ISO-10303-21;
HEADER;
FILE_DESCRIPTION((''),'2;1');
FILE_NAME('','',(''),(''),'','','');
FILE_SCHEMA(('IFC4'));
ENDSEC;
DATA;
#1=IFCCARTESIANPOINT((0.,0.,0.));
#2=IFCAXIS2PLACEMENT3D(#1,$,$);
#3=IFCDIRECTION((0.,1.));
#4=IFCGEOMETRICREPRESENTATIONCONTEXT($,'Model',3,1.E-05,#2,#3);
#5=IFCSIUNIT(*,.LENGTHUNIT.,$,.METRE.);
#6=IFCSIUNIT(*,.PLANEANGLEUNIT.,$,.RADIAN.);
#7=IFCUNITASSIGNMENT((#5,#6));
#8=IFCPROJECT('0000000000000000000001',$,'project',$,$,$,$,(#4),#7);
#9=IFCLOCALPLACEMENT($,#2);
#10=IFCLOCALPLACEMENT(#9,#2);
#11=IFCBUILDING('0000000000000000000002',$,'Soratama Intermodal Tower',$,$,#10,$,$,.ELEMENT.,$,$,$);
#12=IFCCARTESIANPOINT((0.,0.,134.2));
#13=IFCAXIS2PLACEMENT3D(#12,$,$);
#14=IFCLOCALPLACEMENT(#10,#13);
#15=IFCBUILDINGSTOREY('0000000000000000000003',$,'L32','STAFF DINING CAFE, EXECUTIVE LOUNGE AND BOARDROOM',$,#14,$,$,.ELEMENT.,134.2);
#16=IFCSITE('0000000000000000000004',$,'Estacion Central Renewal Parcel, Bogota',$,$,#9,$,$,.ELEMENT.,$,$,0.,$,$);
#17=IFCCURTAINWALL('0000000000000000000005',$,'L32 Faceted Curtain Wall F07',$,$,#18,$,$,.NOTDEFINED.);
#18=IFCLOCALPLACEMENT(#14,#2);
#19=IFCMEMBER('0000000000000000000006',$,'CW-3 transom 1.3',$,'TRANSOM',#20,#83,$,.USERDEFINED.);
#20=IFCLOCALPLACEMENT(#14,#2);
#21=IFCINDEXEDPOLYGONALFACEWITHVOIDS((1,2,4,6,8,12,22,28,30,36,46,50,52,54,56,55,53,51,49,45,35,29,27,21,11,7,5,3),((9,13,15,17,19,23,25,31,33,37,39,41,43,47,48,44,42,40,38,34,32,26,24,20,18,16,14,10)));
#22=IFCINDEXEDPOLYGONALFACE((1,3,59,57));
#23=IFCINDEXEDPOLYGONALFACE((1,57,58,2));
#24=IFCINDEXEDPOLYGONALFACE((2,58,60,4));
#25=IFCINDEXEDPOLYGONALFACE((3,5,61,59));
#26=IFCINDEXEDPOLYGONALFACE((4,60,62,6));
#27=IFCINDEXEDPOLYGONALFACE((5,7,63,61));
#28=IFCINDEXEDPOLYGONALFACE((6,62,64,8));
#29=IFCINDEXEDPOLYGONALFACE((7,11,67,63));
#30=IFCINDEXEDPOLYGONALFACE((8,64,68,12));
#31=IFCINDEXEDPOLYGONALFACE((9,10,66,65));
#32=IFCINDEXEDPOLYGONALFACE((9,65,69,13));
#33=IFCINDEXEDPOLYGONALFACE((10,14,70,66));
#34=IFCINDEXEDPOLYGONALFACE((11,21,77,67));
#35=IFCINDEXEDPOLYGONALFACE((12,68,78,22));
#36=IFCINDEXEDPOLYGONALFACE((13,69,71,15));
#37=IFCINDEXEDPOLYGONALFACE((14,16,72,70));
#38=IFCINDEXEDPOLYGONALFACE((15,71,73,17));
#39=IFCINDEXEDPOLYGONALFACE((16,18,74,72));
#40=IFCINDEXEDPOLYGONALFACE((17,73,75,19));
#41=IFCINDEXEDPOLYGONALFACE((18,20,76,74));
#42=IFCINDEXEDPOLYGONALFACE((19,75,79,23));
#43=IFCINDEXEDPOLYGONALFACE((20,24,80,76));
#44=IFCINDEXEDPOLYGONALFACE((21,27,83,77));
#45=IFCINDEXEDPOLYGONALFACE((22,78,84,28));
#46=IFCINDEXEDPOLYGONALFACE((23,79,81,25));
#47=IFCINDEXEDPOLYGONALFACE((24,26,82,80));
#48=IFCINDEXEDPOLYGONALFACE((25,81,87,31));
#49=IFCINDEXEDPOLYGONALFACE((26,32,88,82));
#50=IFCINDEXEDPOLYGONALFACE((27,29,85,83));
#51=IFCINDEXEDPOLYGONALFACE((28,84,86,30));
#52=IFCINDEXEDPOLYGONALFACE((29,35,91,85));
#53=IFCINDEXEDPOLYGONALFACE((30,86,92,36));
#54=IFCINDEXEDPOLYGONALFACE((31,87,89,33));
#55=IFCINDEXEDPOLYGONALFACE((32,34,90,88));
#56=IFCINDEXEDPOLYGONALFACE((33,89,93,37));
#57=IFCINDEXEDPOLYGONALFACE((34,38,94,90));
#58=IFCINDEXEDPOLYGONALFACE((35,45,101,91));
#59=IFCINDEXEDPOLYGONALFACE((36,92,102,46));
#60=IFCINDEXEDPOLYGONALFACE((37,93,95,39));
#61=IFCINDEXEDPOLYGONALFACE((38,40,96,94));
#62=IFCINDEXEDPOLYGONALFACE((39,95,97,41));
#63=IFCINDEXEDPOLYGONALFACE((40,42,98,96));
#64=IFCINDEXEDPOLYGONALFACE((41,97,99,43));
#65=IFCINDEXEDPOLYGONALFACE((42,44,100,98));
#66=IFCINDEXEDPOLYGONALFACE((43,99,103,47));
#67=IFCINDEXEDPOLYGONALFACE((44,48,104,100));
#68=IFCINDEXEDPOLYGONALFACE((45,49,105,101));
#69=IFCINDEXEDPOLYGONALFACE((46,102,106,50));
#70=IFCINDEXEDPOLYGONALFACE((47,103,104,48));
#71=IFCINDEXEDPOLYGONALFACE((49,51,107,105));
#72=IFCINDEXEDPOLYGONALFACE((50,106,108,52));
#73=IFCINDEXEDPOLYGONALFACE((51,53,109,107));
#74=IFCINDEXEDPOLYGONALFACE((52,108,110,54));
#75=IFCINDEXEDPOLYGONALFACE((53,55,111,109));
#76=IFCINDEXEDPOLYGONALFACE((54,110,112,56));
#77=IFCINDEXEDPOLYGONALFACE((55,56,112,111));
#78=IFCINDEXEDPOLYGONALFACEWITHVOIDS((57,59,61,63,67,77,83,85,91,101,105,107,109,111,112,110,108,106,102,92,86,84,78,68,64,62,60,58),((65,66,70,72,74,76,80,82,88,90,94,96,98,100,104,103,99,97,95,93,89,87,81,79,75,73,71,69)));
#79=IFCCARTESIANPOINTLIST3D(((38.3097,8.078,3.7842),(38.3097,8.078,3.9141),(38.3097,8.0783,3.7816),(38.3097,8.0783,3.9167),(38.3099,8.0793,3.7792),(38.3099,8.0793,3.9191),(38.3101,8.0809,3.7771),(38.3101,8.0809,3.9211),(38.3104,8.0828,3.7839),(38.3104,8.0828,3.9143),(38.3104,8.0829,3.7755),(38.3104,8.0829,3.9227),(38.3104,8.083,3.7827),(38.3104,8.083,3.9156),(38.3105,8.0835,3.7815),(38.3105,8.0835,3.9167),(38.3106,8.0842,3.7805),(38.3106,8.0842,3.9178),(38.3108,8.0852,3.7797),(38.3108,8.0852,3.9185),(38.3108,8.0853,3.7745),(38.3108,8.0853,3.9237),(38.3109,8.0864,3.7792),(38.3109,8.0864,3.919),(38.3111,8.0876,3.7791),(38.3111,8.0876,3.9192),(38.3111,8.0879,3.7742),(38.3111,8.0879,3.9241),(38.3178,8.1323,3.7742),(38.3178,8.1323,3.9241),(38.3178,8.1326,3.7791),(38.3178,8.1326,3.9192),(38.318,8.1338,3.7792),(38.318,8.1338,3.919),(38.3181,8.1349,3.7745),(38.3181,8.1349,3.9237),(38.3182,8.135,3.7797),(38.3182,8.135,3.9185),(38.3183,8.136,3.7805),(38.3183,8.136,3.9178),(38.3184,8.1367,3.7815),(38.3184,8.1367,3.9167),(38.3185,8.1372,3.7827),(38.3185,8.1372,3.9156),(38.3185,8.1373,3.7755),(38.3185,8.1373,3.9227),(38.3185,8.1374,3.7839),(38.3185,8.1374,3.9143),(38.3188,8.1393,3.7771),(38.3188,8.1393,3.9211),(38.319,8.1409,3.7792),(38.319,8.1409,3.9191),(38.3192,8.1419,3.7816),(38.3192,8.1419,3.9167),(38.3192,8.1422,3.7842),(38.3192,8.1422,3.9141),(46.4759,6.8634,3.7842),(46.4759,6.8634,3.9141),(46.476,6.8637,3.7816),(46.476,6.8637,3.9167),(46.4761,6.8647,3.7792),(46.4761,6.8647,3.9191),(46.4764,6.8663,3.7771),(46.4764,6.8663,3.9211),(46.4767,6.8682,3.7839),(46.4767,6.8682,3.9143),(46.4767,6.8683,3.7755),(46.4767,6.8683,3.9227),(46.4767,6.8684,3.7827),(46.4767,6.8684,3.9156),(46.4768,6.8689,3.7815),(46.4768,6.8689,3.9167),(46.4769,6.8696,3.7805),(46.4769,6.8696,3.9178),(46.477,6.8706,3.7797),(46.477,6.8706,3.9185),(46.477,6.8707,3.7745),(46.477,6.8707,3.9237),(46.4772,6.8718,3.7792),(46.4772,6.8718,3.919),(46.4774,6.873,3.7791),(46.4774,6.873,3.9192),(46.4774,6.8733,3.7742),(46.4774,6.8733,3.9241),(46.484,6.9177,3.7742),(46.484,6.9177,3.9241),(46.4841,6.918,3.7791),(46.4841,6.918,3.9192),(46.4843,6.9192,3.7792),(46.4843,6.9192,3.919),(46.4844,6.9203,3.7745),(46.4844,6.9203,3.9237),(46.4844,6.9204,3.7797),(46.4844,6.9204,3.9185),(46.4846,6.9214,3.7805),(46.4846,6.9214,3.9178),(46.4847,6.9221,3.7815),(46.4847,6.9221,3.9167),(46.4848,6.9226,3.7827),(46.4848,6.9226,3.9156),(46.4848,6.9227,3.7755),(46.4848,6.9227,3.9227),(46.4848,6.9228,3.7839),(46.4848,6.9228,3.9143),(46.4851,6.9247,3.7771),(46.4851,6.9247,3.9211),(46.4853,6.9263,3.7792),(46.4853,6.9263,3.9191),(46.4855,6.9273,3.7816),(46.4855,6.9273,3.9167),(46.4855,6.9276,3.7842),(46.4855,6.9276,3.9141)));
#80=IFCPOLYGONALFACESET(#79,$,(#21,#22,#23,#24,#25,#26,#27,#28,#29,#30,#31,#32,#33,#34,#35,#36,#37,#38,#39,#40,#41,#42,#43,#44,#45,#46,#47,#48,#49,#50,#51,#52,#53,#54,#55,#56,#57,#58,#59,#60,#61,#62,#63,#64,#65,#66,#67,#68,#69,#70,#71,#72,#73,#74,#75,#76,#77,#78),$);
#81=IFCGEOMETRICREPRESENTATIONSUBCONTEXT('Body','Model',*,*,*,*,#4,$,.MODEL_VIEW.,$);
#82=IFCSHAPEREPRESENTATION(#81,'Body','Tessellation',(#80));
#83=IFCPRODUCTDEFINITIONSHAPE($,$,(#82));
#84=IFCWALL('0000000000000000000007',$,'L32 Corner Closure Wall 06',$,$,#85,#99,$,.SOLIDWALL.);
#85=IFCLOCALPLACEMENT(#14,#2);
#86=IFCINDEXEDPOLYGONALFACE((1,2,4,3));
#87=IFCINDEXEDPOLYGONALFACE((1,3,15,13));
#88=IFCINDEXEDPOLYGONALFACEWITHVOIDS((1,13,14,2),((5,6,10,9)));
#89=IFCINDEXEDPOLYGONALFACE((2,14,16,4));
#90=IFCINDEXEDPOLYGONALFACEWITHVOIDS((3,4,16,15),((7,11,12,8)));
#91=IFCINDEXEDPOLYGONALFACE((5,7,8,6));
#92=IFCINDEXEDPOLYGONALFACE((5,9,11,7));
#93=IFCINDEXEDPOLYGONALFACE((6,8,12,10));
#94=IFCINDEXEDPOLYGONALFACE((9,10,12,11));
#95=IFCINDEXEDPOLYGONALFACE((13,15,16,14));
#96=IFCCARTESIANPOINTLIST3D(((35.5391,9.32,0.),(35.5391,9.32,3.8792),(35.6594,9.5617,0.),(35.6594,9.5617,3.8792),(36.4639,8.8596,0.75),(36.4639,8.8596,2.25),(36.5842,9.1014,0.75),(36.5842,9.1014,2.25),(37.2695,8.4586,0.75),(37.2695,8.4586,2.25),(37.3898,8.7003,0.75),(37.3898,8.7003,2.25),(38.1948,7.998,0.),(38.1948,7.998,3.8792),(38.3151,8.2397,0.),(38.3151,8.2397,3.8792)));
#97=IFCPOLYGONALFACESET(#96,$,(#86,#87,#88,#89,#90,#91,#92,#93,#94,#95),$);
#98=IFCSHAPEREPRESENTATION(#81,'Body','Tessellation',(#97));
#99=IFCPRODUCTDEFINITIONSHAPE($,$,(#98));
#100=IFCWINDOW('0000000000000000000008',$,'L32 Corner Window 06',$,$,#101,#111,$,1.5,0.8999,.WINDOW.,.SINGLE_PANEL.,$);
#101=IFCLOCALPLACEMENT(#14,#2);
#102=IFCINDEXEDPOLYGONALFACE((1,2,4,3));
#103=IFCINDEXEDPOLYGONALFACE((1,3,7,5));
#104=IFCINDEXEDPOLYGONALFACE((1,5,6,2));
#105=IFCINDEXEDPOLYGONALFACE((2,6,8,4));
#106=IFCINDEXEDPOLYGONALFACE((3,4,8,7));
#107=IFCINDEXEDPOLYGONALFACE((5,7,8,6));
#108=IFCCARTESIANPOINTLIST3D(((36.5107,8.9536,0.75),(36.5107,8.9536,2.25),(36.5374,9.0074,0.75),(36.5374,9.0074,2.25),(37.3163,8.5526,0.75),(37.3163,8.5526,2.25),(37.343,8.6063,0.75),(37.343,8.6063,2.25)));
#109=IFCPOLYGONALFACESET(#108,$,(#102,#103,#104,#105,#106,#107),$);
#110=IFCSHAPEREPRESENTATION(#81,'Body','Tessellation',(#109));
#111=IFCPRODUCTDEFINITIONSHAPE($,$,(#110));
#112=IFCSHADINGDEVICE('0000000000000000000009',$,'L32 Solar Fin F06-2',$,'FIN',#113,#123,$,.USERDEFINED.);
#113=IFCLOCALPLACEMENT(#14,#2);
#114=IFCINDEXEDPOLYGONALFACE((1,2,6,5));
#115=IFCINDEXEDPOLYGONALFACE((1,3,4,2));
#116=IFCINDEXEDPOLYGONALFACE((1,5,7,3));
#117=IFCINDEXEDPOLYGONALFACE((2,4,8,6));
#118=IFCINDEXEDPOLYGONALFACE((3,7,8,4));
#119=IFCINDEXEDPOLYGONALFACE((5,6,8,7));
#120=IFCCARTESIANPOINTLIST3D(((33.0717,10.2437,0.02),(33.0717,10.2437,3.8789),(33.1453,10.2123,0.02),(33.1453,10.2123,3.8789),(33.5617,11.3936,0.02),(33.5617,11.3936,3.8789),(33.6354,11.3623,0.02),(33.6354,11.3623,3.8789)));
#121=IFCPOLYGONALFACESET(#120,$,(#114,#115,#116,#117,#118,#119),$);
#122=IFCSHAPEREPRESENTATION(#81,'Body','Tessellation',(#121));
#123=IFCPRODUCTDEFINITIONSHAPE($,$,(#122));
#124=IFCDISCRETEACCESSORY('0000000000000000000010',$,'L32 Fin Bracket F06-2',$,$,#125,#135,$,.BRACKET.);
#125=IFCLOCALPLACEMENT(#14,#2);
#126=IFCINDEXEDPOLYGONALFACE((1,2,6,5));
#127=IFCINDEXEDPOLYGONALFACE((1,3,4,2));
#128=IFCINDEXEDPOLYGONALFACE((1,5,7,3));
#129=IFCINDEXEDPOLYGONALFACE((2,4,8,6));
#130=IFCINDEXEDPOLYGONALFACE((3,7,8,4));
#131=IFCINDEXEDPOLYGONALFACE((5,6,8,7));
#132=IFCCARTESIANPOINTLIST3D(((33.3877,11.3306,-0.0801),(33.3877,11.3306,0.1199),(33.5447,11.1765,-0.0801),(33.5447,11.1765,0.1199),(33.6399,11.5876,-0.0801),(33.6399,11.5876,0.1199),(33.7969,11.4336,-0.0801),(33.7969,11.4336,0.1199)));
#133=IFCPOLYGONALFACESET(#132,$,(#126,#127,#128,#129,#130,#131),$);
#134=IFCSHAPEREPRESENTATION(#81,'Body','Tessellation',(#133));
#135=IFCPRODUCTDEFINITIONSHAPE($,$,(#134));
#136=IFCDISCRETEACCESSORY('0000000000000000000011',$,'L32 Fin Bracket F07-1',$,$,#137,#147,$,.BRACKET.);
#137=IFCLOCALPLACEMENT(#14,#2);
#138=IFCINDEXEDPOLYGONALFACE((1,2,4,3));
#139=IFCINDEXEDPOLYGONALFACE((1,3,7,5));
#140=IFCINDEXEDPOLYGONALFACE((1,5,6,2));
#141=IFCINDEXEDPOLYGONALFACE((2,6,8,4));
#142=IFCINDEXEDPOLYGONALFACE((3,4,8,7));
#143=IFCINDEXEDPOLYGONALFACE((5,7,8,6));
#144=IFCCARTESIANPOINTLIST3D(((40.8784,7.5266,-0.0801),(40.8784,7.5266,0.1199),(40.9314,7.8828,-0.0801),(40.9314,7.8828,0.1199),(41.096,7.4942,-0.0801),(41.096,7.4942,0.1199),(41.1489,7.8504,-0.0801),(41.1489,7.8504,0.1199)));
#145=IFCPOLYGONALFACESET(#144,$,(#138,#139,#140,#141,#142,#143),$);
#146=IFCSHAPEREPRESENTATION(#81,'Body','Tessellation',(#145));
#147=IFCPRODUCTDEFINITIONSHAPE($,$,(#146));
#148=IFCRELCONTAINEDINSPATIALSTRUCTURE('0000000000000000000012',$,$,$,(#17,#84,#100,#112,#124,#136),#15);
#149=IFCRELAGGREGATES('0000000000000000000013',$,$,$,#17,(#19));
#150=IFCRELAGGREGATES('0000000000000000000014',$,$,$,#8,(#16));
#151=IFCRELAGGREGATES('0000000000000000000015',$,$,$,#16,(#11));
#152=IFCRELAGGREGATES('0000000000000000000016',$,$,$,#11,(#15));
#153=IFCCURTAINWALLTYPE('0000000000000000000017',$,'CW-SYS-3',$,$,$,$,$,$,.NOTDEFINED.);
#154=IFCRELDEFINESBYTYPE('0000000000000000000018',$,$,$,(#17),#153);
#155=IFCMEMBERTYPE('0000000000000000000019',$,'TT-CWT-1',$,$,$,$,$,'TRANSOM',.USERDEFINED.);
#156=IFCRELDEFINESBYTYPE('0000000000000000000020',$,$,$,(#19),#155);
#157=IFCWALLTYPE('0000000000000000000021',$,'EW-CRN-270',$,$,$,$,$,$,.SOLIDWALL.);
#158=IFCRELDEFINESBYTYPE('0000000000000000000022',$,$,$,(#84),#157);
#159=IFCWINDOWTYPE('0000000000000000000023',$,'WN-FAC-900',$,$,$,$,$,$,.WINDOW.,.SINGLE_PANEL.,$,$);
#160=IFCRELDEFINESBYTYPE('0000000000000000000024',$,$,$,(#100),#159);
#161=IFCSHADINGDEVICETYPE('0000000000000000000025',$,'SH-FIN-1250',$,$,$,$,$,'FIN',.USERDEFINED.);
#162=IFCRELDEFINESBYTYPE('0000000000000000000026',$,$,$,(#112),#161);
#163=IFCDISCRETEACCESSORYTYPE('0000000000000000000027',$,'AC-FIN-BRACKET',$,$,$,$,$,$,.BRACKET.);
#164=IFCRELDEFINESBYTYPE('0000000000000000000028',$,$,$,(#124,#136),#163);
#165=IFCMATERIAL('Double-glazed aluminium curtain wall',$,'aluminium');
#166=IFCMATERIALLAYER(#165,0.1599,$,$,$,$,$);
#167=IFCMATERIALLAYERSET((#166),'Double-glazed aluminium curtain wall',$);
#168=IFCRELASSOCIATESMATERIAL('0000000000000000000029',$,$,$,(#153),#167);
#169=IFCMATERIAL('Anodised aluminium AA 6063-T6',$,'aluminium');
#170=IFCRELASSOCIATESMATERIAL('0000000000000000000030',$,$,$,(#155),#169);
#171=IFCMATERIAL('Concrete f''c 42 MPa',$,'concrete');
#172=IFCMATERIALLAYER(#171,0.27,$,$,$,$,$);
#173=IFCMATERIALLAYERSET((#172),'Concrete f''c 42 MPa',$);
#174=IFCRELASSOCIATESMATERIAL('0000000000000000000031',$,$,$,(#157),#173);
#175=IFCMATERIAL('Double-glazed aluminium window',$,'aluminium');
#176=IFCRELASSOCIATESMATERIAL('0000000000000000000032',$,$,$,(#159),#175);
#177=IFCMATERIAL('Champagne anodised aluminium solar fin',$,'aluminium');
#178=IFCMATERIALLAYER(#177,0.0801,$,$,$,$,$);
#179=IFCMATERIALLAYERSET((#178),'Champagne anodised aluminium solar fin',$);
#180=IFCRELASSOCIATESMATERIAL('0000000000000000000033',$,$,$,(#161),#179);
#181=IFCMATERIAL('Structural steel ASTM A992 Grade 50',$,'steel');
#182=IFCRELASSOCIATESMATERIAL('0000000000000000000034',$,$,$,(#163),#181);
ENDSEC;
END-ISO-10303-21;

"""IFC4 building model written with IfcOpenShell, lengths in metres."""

from ifc_helpers import new_model, si_unit, direction, frame, frame_2d, origin, origin_2d, place, context, subcontext, project, spatial, rectangle, hollow_rectangle, extrude, material, layer, layer_set, material_profile, profile_set, type_object, element, fill, aggregate, save


model = new_model("IFC4")

# Units and contexts
model_context = context("Model", 3, precision=1e-05, world=origin(), true_north=direction((0.0, 1.0)))
body_context = subcontext(model_context, "Body", "Model", "MODEL_VIEW")
ifc_project = project(units=[si_unit("LENGTHUNIT", "METRE"), si_unit("PLANEANGLEUNIT", "RADIAN")], contexts=[model_context])

# Site, building, storey
site_placement = place(None, origin())
site = spatial("IfcSite", under=ifc_project, at=site_placement, Name="Estacion Central Renewal Parcel, Bogota", CompositionType="ELEMENT", RefElevation=0.0)
building_placement = place(site_placement, origin())
building = spatial("IfcBuilding", under=site, at=building_placement, Name="Soratama Intermodal Tower", CompositionType="ELEMENT")
storey_placement = place(building_placement, frame((0.0, 0.0, 134.2)))
storey = spatial("IfcBuildingStorey", under=building, at=storey_placement, Name="L32", Description="STAFF DINING CAFE, EXECUTIVE LOUNGE AND BOARDROOM", CompositionType="ELEMENT", Elevation=134.2)

# Shared definitions
ifc_material_1 = material(Name="Double-glazed aluminium curtain wall", Category="aluminium")
ifc_layer_1 = layer(ifc_material_1, 0.1599)
ifc_layer_set_1 = layer_set([ifc_layer_1], Name="Double-glazed aluminium curtain wall")
curtain_wall_type = type_object("IfcCurtainWallType", Name="CW-SYS-3", PredefinedType="NOTDEFINED", material=ifc_layer_set_1)

# Curtain wall, member
curtain_wall_1_placement = place(storey_placement, origin())
curtain_wall_1 = element("IfcCurtainWall", 1, at=curtain_wall_1_placement, inside=storey, type_object=curtain_wall_type, Name="L32 Faceted Curtain Wall F07", PredefinedType="NOTDEFINED")
ifc_material_2 = material(Name="Anodised aluminium AA 6063-T6", Category="aluminium")
ifc_material_profile_1 = material_profile(ifc_material_2, hollow_rectangle(XDim=0.0649, YDim=0.1499, WallThickness=0.0049, InnerFilletRadius=0.0049, OuterFilletRadius=0.01, at=origin_2d()), Name="CWT150X65X5")
ifc_profile_set_1 = profile_set([ifc_material_profile_1], Name="Anodised aluminium AA 6063-T6")
member_type_1 = type_object("IfcMemberType", Name="TT-CWT-1", ElementType="TRANSOM", PredefinedType="USERDEFINED", material=ifc_profile_set_1)
member_1_placement = place(storey_placement, frame((38.3145, 8.1101, 3.8491), z_axis=(0.989119, -0.147116, 0.0), x_axis=(0.147116, 0.989119, 0.0)))
member_1 = element("IfcMember", 2, at=member_1_placement, type_object=member_type_1, Name="CW-3 transom 1.3", ObjectType="TRANSOM", PredefinedType="USERDEFINED", context=body_context, shape_type="SweptSolid", body=[
    extrude(hollow_rectangle(XDim=0.0649, YDim=0.1499, WallThickness=0.0049, InnerFilletRadius=0.0049, OuterFilletRadius=0.01, at=origin_2d()), origin(), (0.0, 0.0, 1.0), 8.2561),
])
aggregate(curtain_wall_1, [member_1])

# Wall, opening, window
ifc_material_3 = material(Name="Concrete f'c 42 MPa", Category="concrete")
ifc_layer_2 = layer(ifc_material_3, 0.27)
ifc_layer_set_2 = layer_set([ifc_layer_2], Name="Concrete f'c 42 MPa")
wall_type = type_object("IfcWallType", Name="EW-CRN-270", PredefinedType="SOLIDWALL", material=ifc_layer_set_2)
wall_placement = place(storey_placement, frame((35.5991, 9.4409, 0.0), z_axis=(0.0, 0.0, 1.0), x_axis=(0.895216, -0.445633, 0.0)))
wall = element("IfcWall", 3, at=wall_placement, inside=storey, type_object=wall_type, Name="L32 Corner Closure Wall 06", PredefinedType="SOLIDWALL", context=body_context, shape_type="SweptSolid", body=[
    extrude(rectangle(XDim=2.9666, YDim=0.27, at=frame_2d((1.4834, 0.0))), origin(), (0.0, 0.0, 1.0), 3.8792),
])
opening_placement = place(wall_placement, frame((1.0332, 0.0, 0.75)))
opening = element("IfcOpeningElement", 4, at=opening_placement, cuts=wall, PredefinedType="OPENING", context=body_context, shape_type="SweptSolid", body=[
    extrude(rectangle(XDim=0.8999, YDim=1.5, at=frame_2d((0.45, 0.75))), frame((0.0, 0.145, 0.0), z_axis=(0.0, -1.0, 0.0), x_axis=(1.0, 0.0, 0.0)), (0.0, 0.0, 1.0), 0.29),
])
ifc_material_4 = material(Name="Double-glazed aluminium window", Category="aluminium")
window_type = type_object("IfcWindowType", Name="WN-FAC-900", PartitioningType="SINGLE_PANEL", PredefinedType="WINDOW", material=ifc_material_4)
window_placement = place(opening_placement, origin())
window = element("IfcWindow", 5, at=window_placement, inside=storey, type_object=window_type, Name="L32 Corner Window 06", OverallHeight=1.5, OverallWidth=0.8999, PartitioningType="SINGLE_PANEL", PredefinedType="WINDOW", context=body_context, shape_type="SweptSolid", body=[
    extrude(rectangle(XDim=0.8999, YDim=1.5, at=frame_2d((0.45, 0.75))), frame((0.0, 0.03, 0.0), z_axis=(0.0, -1.0, 0.0), x_axis=(1.0, 0.0, 0.0)), (0.0, 0.0, 1.0), 0.0601),
])
fill(opening, window)

# Shading device
ifc_material_5 = material(Name="Champagne anodised aluminium solar fin", Category="aluminium")
ifc_layer_3 = layer(ifc_material_5, 0.0801)
ifc_layer_set_3 = layer_set([ifc_layer_3], Name="Champagne anodised aluminium solar fin")
shading_device_type = type_object("IfcShadingDeviceType", Name="SH-FIN-1250", ElementType="FIN", PredefinedType="USERDEFINED", material=ifc_layer_set_3)
shading_device_placement = place(storey_placement, frame((33.3535, 10.803, 0.02), z_axis=(0.0, 0.0, 1.0), x_axis=(-0.392016, -0.919958, 0.0)))
element("IfcShadingDevice", 6, at=shading_device_placement, inside=storey, type_object=shading_device_type, Name="L32 Solar Fin F06-2", ObjectType="FIN", PredefinedType="USERDEFINED", context=body_context, shape_type="SweptSolid", body=[
    extrude(rectangle(XDim=1.25, YDim=0.0801, at=origin_2d()), origin(), (0.0, 0.0, 1.0), 3.8589),
])

# Discrete accessories
ifc_material_6 = material(Name="Structural steel ASTM A992 Grade 50", Category="steel")
discrete_accessory_type = type_object("IfcDiscreteAccessoryType", Name="AC-FIN-BRACKET", PredefinedType="BRACKET", material=ifc_material_6)
for number, where, z_axis, x_axis, name in (
    (7, (33.5923, 11.3821, -0.0801), (0.0, 0.0, 1.0), (-0.700411, -0.71374, 0.0), "L32 Fin Bracket F06-2"),
    (8, (41.0137, 7.6885, -0.0801), (0.0, 0.0, 1.0), (-0.147119, -0.989119, 0.0), "L32 Fin Bracket F07-1"),
):
    element("IfcDiscreteAccessory", number, at=place(storey_placement, frame(where, z_axis=z_axis, x_axis=x_axis)), inside=storey, type_object=discrete_accessory_type, Name=name, PredefinedType="BRACKET", context=body_context, shape_type="SweptSolid", body=[
        extrude(rectangle(XDim=0.3601, YDim=0.22, at=origin_2d()), origin(), (0.0, 0.0, 1.0), 0.2),
    ])

save(model, "model.ifc")
